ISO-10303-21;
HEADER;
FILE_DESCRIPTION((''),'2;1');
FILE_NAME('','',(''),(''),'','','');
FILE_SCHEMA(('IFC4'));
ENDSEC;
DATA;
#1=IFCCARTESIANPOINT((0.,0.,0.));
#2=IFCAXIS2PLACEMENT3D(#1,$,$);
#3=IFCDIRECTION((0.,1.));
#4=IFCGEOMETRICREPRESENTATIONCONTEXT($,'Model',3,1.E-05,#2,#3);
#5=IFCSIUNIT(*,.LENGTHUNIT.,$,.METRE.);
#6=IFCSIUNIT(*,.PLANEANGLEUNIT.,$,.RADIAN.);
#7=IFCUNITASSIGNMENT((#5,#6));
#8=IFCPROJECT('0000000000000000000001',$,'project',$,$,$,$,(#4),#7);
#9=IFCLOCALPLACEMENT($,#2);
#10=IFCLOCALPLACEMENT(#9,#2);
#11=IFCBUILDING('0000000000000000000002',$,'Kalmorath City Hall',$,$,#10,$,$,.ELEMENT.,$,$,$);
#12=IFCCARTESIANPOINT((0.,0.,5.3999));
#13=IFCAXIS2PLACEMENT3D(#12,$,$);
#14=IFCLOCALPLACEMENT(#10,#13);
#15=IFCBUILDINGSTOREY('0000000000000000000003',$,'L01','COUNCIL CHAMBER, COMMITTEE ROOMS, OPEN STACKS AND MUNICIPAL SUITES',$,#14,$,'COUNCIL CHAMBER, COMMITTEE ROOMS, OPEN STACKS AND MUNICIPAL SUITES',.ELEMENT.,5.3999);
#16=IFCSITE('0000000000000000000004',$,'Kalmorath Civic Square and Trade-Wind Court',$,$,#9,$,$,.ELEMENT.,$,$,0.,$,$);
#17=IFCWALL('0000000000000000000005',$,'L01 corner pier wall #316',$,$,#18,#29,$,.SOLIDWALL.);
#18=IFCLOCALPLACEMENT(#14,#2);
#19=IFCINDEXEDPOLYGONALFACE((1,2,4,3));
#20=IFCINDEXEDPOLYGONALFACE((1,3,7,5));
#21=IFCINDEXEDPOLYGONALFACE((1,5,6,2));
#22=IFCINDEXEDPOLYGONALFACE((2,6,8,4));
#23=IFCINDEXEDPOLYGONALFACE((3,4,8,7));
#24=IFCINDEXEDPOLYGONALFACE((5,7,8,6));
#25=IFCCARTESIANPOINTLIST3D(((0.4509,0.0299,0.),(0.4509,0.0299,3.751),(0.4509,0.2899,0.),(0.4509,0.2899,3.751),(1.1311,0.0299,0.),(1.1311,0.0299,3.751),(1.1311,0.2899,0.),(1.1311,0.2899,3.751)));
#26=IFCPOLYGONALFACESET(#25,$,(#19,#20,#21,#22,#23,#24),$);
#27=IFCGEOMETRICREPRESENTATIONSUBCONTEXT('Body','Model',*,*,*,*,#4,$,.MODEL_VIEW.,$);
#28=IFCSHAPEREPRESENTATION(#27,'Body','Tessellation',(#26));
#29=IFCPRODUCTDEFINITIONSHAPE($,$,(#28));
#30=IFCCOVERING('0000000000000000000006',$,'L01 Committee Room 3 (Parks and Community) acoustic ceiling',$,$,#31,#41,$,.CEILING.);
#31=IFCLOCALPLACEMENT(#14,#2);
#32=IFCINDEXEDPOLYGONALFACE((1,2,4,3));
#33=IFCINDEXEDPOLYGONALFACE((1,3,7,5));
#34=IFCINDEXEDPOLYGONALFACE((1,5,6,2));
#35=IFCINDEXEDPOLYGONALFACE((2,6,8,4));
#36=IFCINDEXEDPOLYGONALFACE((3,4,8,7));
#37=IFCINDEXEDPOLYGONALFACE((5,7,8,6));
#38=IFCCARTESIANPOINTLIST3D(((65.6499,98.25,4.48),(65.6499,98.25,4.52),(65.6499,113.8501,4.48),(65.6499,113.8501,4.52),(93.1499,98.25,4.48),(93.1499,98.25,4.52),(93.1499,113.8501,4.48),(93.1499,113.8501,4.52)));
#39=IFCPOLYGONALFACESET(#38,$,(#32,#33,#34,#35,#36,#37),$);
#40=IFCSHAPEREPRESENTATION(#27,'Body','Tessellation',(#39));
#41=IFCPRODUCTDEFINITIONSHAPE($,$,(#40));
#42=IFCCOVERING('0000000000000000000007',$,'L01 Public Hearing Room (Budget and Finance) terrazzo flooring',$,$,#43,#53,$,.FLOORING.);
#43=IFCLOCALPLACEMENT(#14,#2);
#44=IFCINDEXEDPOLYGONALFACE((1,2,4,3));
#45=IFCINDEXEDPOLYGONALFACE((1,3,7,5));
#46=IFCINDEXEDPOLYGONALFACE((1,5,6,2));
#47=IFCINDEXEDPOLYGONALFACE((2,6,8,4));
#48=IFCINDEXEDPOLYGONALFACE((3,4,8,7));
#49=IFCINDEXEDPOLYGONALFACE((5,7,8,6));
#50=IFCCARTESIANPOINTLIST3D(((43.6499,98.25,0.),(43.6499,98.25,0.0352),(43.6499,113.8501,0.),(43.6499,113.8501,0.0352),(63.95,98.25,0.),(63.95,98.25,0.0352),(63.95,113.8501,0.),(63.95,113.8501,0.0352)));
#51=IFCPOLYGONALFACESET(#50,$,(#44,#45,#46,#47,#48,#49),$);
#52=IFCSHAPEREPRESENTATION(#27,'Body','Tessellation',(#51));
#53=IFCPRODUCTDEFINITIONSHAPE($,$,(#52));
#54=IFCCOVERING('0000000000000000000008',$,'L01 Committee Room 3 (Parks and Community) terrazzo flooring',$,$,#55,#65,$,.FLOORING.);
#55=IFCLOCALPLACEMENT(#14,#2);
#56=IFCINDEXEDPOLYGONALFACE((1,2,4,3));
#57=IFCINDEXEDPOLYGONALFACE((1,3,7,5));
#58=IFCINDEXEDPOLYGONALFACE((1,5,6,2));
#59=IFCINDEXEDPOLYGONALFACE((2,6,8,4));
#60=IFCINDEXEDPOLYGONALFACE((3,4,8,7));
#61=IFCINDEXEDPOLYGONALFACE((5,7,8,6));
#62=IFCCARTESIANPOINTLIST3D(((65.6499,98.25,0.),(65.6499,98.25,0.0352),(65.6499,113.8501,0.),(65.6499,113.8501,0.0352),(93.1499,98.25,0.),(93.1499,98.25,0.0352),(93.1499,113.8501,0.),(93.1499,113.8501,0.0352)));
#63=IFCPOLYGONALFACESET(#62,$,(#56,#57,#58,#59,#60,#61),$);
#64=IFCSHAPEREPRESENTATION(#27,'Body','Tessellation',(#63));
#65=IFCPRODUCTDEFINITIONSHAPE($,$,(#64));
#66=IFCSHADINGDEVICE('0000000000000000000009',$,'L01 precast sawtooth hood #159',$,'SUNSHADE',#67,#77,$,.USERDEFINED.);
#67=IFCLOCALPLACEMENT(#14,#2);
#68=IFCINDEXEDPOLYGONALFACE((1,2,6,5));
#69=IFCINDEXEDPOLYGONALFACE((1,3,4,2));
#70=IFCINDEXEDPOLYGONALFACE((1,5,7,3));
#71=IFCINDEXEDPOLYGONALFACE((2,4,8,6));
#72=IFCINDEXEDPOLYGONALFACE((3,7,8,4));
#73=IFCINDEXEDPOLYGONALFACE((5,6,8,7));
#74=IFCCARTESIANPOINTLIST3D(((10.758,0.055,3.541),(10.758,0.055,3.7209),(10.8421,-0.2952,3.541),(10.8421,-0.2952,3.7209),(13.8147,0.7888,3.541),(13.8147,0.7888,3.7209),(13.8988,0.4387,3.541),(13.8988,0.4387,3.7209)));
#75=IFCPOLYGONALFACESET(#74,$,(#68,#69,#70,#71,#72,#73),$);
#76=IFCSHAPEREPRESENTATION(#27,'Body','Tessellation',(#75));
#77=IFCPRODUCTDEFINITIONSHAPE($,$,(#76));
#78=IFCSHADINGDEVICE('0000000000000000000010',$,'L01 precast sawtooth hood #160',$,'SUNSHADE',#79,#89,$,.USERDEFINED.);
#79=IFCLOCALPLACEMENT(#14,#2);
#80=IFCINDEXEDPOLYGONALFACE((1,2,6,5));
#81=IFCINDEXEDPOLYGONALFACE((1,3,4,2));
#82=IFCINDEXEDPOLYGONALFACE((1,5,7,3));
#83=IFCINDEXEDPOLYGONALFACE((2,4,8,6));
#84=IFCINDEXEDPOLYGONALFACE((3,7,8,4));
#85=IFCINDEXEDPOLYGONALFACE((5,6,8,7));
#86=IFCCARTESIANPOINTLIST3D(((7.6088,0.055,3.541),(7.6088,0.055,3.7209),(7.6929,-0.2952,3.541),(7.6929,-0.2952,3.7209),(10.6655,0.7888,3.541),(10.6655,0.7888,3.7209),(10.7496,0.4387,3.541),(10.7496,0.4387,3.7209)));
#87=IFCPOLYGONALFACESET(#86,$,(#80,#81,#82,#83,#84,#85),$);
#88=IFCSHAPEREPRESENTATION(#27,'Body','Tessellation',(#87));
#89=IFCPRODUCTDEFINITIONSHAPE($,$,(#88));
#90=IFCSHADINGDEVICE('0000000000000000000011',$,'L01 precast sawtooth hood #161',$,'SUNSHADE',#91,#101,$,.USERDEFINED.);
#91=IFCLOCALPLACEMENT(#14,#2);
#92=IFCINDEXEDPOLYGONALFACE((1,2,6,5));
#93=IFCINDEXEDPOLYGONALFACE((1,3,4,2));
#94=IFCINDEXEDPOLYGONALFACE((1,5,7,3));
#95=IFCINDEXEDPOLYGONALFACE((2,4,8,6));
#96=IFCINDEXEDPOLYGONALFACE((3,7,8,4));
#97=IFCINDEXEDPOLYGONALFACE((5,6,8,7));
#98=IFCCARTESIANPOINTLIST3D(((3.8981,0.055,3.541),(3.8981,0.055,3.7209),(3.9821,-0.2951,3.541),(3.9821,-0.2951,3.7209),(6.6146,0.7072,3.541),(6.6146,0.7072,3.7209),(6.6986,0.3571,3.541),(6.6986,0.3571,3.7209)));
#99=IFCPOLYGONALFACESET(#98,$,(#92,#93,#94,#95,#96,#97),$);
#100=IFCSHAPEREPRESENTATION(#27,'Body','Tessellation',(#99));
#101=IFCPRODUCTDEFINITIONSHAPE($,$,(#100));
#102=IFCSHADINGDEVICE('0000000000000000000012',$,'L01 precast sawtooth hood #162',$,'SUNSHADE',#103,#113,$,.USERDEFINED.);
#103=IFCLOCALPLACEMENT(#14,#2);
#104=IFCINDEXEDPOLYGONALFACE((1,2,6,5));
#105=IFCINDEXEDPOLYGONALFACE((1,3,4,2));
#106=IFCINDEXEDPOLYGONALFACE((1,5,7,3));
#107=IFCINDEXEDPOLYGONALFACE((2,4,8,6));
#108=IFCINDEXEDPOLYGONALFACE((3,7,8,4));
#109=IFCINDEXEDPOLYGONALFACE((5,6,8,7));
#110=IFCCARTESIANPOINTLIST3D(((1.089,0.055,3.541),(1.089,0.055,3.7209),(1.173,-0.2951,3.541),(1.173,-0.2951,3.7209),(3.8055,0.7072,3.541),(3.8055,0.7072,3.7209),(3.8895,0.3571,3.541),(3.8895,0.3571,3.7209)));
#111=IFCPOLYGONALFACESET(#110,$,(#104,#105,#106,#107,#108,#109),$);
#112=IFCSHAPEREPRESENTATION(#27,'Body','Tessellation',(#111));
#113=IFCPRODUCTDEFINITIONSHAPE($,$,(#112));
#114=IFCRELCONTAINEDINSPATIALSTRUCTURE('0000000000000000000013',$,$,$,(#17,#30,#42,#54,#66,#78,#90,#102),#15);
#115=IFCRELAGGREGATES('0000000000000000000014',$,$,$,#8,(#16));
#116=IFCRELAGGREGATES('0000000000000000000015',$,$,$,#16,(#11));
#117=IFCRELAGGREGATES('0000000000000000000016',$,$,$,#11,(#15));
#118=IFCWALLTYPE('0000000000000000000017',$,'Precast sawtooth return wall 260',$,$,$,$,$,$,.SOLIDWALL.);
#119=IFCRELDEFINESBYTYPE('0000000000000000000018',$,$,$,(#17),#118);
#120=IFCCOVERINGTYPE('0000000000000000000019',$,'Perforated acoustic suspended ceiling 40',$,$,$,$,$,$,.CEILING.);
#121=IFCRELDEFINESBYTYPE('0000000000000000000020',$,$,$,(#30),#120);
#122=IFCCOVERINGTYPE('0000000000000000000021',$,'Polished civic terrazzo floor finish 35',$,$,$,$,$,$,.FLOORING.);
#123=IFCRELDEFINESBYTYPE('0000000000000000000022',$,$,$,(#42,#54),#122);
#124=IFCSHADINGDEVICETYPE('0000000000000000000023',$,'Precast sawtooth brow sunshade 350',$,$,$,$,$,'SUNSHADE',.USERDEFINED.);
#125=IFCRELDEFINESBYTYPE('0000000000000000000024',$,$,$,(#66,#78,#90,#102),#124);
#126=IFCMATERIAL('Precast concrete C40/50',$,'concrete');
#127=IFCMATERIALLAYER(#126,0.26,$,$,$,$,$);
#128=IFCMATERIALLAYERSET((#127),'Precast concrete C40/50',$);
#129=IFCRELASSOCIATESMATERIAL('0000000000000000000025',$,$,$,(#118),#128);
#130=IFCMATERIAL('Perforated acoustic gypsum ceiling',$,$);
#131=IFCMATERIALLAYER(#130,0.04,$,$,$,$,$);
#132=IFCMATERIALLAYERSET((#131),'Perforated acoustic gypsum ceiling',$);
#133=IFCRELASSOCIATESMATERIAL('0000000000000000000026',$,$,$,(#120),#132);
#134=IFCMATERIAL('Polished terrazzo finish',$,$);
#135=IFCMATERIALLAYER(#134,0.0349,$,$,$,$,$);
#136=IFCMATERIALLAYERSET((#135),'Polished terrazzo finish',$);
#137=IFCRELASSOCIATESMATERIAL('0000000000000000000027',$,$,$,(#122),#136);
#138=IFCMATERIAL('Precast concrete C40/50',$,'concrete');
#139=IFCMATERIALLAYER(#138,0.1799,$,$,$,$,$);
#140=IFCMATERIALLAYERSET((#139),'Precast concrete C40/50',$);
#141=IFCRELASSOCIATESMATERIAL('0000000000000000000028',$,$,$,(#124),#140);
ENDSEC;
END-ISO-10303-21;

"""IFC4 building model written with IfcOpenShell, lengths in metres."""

from ifc_helpers import new_model, si_unit, direction, frame, frame_2d, origin, origin_2d, place, context, subcontext, project, spatial, polyline, rectangle, outline, extrude, material, layer, layer_set, type_object, element, save


model = new_model("IFC4")

# Units and contexts
model_context = context("Model", 3, precision=1e-05, world=origin(), true_north=direction((0.0, 1.0)))
body_context = subcontext(model_context, "Body", "Model", "MODEL_VIEW")
ifc_project = project(units=[si_unit("LENGTHUNIT", "METRE"), si_unit("PLANEANGLEUNIT", "RADIAN")], contexts=[model_context])

# Site, building, storey
site_placement = place(None, origin())
site = spatial("IfcSite", under=ifc_project, at=site_placement, Name="Kalmorath Civic Square and Trade-Wind Court", CompositionType="ELEMENT", RefElevation=0.0)
building_placement = place(site_placement, origin())
building = spatial("IfcBuilding", under=site, at=building_placement, Name="Kalmorath City Hall", CompositionType="ELEMENT")
storey_placement = place(building_placement, frame((0.0, 0.0, 5.3999)))
storey = spatial("IfcBuildingStorey", under=building, at=storey_placement, Name="L01", Description="COUNCIL CHAMBER, COMMITTEE ROOMS, OPEN STACKS AND MUNICIPAL SUITES", LongName="COUNCIL CHAMBER, COMMITTEE ROOMS, OPEN STACKS AND MUNICIPAL SUITES", CompositionType="ELEMENT", Elevation=5.3999)

# Wall
ifc_material_1 = material(Name="Precast concrete C40/50", Category="concrete")
ifc_layer_1 = layer(ifc_material_1, 0.26)
ifc_layer_set_1 = layer_set([ifc_layer_1], Name="Precast concrete C40/50")
wall_type_1 = type_object("IfcWallType", Name="Precast sawtooth return wall 260", PredefinedType="SOLIDWALL", material=ifc_layer_set_1)
wall_1_placement = place(storey_placement, frame((1.1311, 0.1599, 0.0), z_axis=(0.0, 0.0, 1.0), x_axis=(-1.0, 0.0, 0.0)))
element("IfcWall", 1, at=wall_1_placement, inside=storey, type_object=wall_type_1, Name="L01 corner pier wall #316", PredefinedType="SOLIDWALL", context=body_context, shape_type="SweptSolid", body=[
    extrude(rectangle(XDim=0.6802, YDim=0.26, at=frame_2d((0.3401, 0.0))), origin(), (0.0, 0.0, 1.0), 3.751),
])

# Coverings
ifc_material_2 = material(Name="Perforated acoustic gypsum ceiling")
ifc_layer_2 = layer(ifc_material_2, 0.04)
ifc_layer_set_2 = layer_set([ifc_layer_2], Name="Perforated acoustic gypsum ceiling")
covering_type_1 = type_object("IfcCoveringType", Name="Perforated acoustic suspended ceiling 40", PredefinedType="CEILING", material=ifc_layer_set_2)
covering_1_placement = place(storey_placement, frame((0.0, 0.0, 4.48)))
element("IfcCovering", 2, at=covering_1_placement, inside=storey, type_object=covering_type_1, Name="L01 Committee Room 3 (Parks and Community) acoustic ceiling", PredefinedType="CEILING", context=body_context, shape_type="SweptSolid", body=[
    extrude(outline(polyline([(93.1499, 113.8501), (93.1499, 98.25), (65.6499, 98.25), (65.6499, 113.8501), (93.1499, 113.8501)])), origin(), (0.0, 0.0, 1.0), 0.04),
])
ifc_material_3 = material(Name="Polished terrazzo finish")
ifc_layer_3 = layer(ifc_material_3, 0.0349)
ifc_layer_set_3 = layer_set([ifc_layer_3], Name="Polished terrazzo finish")
covering_type_2 = type_object("IfcCoveringType", Name="Polished civic terrazzo floor finish 35", PredefinedType="FLOORING", material=ifc_layer_set_3)
covering_2_placement = place(storey_placement, origin())
element("IfcCovering", 3, at=covering_2_placement, inside=storey, type_object=covering_type_2, Name="L01 Public Hearing Room (Budget and Finance) terrazzo flooring", PredefinedType="FLOORING", context=body_context, shape_type="SweptSolid", body=[
    extrude(outline(polyline([(63.95, 113.8501), (63.95, 98.25), (43.6499, 98.25), (43.6499, 113.8501), (63.95, 113.8501)])), origin(), (0.0, 0.0, 1.0), 0.0352),
])
covering_3_placement = place(storey_placement, origin())
element("IfcCovering", 4, at=covering_3_placement, inside=storey, type_object=covering_type_2, Name="L01 Committee Room 3 (Parks and Community) terrazzo flooring", PredefinedType="FLOORING", context=body_context, shape_type="SweptSolid", body=[
    extrude(outline(polyline([(93.1499, 113.8501), (93.1499, 98.25), (65.6499, 98.25), (65.6499, 113.8501), (93.1499, 113.8501)])), origin(), (0.0, 0.0, 1.0), 0.0352),
])

# Shading devices
ifc_material_4 = material(Name="Precast concrete C40/50", Category="concrete")
ifc_layer_4 = layer(ifc_material_4, 0.1799)
ifc_layer_set_4 = layer_set([ifc_layer_4], Name="Precast concrete C40/50")
shading_device_type = type_object("IfcShadingDeviceType", Name="Precast sawtooth brow sunshade 350", ElementType="SUNSHADE", PredefinedType="USERDEFINED", material=ifc_layer_set_4)
for number, where, z_axis, x_axis, name in (
    (5, (12.3284, 0.2468, 3.541), (0.0, 0.0, 1.0), (-0.97237, -0.233445, 0.0), "L01 precast sawtooth hood #159"),
    (6, (9.1792, 0.2468, 3.541), (0.0, 0.0, 1.0), (-0.97237, -0.233445, 0.0), "L01 precast sawtooth hood #160"),
):
    element("IfcShadingDevice", number, at=place(storey_placement, frame(where, z_axis=z_axis, x_axis=x_axis)), inside=storey, type_object=shading_device_type, Name=name, ObjectType="SUNSHADE", PredefinedType="USERDEFINED", context=body_context, shape_type="SweptSolid", body=[
        extrude(rectangle(XDim=3.1436, YDim=0.3601, at=origin_2d()), origin(), (0.0, 0.0, 1.0), 0.1799),
    ])
for number, where, z_axis, x_axis, name in (
    (7, (5.2983, 0.2061, 3.541), (0.0, 0.0, 1.0), (-0.97237, -0.233445, 0.0), "L01 precast sawtooth hood #161"),
    (8, (2.4893, 0.2061, 3.541), (0.0, 0.0, 1.0), (-0.97237, -0.233445, 0.0), "L01 precast sawtooth hood #162"),
):
    element("IfcShadingDevice", number, at=place(storey_placement, frame(where, z_axis=z_axis, x_axis=x_axis)), inside=storey, type_object=shading_device_type, Name=name, ObjectType="SUNSHADE", PredefinedType="USERDEFINED", context=body_context, shape_type="SweptSolid", body=[
        extrude(rectangle(XDim=2.7937, YDim=0.3601, at=origin_2d()), origin(), (0.0, 0.0, 1.0), 0.1799),
    ])

save(model, "model.ifc")
